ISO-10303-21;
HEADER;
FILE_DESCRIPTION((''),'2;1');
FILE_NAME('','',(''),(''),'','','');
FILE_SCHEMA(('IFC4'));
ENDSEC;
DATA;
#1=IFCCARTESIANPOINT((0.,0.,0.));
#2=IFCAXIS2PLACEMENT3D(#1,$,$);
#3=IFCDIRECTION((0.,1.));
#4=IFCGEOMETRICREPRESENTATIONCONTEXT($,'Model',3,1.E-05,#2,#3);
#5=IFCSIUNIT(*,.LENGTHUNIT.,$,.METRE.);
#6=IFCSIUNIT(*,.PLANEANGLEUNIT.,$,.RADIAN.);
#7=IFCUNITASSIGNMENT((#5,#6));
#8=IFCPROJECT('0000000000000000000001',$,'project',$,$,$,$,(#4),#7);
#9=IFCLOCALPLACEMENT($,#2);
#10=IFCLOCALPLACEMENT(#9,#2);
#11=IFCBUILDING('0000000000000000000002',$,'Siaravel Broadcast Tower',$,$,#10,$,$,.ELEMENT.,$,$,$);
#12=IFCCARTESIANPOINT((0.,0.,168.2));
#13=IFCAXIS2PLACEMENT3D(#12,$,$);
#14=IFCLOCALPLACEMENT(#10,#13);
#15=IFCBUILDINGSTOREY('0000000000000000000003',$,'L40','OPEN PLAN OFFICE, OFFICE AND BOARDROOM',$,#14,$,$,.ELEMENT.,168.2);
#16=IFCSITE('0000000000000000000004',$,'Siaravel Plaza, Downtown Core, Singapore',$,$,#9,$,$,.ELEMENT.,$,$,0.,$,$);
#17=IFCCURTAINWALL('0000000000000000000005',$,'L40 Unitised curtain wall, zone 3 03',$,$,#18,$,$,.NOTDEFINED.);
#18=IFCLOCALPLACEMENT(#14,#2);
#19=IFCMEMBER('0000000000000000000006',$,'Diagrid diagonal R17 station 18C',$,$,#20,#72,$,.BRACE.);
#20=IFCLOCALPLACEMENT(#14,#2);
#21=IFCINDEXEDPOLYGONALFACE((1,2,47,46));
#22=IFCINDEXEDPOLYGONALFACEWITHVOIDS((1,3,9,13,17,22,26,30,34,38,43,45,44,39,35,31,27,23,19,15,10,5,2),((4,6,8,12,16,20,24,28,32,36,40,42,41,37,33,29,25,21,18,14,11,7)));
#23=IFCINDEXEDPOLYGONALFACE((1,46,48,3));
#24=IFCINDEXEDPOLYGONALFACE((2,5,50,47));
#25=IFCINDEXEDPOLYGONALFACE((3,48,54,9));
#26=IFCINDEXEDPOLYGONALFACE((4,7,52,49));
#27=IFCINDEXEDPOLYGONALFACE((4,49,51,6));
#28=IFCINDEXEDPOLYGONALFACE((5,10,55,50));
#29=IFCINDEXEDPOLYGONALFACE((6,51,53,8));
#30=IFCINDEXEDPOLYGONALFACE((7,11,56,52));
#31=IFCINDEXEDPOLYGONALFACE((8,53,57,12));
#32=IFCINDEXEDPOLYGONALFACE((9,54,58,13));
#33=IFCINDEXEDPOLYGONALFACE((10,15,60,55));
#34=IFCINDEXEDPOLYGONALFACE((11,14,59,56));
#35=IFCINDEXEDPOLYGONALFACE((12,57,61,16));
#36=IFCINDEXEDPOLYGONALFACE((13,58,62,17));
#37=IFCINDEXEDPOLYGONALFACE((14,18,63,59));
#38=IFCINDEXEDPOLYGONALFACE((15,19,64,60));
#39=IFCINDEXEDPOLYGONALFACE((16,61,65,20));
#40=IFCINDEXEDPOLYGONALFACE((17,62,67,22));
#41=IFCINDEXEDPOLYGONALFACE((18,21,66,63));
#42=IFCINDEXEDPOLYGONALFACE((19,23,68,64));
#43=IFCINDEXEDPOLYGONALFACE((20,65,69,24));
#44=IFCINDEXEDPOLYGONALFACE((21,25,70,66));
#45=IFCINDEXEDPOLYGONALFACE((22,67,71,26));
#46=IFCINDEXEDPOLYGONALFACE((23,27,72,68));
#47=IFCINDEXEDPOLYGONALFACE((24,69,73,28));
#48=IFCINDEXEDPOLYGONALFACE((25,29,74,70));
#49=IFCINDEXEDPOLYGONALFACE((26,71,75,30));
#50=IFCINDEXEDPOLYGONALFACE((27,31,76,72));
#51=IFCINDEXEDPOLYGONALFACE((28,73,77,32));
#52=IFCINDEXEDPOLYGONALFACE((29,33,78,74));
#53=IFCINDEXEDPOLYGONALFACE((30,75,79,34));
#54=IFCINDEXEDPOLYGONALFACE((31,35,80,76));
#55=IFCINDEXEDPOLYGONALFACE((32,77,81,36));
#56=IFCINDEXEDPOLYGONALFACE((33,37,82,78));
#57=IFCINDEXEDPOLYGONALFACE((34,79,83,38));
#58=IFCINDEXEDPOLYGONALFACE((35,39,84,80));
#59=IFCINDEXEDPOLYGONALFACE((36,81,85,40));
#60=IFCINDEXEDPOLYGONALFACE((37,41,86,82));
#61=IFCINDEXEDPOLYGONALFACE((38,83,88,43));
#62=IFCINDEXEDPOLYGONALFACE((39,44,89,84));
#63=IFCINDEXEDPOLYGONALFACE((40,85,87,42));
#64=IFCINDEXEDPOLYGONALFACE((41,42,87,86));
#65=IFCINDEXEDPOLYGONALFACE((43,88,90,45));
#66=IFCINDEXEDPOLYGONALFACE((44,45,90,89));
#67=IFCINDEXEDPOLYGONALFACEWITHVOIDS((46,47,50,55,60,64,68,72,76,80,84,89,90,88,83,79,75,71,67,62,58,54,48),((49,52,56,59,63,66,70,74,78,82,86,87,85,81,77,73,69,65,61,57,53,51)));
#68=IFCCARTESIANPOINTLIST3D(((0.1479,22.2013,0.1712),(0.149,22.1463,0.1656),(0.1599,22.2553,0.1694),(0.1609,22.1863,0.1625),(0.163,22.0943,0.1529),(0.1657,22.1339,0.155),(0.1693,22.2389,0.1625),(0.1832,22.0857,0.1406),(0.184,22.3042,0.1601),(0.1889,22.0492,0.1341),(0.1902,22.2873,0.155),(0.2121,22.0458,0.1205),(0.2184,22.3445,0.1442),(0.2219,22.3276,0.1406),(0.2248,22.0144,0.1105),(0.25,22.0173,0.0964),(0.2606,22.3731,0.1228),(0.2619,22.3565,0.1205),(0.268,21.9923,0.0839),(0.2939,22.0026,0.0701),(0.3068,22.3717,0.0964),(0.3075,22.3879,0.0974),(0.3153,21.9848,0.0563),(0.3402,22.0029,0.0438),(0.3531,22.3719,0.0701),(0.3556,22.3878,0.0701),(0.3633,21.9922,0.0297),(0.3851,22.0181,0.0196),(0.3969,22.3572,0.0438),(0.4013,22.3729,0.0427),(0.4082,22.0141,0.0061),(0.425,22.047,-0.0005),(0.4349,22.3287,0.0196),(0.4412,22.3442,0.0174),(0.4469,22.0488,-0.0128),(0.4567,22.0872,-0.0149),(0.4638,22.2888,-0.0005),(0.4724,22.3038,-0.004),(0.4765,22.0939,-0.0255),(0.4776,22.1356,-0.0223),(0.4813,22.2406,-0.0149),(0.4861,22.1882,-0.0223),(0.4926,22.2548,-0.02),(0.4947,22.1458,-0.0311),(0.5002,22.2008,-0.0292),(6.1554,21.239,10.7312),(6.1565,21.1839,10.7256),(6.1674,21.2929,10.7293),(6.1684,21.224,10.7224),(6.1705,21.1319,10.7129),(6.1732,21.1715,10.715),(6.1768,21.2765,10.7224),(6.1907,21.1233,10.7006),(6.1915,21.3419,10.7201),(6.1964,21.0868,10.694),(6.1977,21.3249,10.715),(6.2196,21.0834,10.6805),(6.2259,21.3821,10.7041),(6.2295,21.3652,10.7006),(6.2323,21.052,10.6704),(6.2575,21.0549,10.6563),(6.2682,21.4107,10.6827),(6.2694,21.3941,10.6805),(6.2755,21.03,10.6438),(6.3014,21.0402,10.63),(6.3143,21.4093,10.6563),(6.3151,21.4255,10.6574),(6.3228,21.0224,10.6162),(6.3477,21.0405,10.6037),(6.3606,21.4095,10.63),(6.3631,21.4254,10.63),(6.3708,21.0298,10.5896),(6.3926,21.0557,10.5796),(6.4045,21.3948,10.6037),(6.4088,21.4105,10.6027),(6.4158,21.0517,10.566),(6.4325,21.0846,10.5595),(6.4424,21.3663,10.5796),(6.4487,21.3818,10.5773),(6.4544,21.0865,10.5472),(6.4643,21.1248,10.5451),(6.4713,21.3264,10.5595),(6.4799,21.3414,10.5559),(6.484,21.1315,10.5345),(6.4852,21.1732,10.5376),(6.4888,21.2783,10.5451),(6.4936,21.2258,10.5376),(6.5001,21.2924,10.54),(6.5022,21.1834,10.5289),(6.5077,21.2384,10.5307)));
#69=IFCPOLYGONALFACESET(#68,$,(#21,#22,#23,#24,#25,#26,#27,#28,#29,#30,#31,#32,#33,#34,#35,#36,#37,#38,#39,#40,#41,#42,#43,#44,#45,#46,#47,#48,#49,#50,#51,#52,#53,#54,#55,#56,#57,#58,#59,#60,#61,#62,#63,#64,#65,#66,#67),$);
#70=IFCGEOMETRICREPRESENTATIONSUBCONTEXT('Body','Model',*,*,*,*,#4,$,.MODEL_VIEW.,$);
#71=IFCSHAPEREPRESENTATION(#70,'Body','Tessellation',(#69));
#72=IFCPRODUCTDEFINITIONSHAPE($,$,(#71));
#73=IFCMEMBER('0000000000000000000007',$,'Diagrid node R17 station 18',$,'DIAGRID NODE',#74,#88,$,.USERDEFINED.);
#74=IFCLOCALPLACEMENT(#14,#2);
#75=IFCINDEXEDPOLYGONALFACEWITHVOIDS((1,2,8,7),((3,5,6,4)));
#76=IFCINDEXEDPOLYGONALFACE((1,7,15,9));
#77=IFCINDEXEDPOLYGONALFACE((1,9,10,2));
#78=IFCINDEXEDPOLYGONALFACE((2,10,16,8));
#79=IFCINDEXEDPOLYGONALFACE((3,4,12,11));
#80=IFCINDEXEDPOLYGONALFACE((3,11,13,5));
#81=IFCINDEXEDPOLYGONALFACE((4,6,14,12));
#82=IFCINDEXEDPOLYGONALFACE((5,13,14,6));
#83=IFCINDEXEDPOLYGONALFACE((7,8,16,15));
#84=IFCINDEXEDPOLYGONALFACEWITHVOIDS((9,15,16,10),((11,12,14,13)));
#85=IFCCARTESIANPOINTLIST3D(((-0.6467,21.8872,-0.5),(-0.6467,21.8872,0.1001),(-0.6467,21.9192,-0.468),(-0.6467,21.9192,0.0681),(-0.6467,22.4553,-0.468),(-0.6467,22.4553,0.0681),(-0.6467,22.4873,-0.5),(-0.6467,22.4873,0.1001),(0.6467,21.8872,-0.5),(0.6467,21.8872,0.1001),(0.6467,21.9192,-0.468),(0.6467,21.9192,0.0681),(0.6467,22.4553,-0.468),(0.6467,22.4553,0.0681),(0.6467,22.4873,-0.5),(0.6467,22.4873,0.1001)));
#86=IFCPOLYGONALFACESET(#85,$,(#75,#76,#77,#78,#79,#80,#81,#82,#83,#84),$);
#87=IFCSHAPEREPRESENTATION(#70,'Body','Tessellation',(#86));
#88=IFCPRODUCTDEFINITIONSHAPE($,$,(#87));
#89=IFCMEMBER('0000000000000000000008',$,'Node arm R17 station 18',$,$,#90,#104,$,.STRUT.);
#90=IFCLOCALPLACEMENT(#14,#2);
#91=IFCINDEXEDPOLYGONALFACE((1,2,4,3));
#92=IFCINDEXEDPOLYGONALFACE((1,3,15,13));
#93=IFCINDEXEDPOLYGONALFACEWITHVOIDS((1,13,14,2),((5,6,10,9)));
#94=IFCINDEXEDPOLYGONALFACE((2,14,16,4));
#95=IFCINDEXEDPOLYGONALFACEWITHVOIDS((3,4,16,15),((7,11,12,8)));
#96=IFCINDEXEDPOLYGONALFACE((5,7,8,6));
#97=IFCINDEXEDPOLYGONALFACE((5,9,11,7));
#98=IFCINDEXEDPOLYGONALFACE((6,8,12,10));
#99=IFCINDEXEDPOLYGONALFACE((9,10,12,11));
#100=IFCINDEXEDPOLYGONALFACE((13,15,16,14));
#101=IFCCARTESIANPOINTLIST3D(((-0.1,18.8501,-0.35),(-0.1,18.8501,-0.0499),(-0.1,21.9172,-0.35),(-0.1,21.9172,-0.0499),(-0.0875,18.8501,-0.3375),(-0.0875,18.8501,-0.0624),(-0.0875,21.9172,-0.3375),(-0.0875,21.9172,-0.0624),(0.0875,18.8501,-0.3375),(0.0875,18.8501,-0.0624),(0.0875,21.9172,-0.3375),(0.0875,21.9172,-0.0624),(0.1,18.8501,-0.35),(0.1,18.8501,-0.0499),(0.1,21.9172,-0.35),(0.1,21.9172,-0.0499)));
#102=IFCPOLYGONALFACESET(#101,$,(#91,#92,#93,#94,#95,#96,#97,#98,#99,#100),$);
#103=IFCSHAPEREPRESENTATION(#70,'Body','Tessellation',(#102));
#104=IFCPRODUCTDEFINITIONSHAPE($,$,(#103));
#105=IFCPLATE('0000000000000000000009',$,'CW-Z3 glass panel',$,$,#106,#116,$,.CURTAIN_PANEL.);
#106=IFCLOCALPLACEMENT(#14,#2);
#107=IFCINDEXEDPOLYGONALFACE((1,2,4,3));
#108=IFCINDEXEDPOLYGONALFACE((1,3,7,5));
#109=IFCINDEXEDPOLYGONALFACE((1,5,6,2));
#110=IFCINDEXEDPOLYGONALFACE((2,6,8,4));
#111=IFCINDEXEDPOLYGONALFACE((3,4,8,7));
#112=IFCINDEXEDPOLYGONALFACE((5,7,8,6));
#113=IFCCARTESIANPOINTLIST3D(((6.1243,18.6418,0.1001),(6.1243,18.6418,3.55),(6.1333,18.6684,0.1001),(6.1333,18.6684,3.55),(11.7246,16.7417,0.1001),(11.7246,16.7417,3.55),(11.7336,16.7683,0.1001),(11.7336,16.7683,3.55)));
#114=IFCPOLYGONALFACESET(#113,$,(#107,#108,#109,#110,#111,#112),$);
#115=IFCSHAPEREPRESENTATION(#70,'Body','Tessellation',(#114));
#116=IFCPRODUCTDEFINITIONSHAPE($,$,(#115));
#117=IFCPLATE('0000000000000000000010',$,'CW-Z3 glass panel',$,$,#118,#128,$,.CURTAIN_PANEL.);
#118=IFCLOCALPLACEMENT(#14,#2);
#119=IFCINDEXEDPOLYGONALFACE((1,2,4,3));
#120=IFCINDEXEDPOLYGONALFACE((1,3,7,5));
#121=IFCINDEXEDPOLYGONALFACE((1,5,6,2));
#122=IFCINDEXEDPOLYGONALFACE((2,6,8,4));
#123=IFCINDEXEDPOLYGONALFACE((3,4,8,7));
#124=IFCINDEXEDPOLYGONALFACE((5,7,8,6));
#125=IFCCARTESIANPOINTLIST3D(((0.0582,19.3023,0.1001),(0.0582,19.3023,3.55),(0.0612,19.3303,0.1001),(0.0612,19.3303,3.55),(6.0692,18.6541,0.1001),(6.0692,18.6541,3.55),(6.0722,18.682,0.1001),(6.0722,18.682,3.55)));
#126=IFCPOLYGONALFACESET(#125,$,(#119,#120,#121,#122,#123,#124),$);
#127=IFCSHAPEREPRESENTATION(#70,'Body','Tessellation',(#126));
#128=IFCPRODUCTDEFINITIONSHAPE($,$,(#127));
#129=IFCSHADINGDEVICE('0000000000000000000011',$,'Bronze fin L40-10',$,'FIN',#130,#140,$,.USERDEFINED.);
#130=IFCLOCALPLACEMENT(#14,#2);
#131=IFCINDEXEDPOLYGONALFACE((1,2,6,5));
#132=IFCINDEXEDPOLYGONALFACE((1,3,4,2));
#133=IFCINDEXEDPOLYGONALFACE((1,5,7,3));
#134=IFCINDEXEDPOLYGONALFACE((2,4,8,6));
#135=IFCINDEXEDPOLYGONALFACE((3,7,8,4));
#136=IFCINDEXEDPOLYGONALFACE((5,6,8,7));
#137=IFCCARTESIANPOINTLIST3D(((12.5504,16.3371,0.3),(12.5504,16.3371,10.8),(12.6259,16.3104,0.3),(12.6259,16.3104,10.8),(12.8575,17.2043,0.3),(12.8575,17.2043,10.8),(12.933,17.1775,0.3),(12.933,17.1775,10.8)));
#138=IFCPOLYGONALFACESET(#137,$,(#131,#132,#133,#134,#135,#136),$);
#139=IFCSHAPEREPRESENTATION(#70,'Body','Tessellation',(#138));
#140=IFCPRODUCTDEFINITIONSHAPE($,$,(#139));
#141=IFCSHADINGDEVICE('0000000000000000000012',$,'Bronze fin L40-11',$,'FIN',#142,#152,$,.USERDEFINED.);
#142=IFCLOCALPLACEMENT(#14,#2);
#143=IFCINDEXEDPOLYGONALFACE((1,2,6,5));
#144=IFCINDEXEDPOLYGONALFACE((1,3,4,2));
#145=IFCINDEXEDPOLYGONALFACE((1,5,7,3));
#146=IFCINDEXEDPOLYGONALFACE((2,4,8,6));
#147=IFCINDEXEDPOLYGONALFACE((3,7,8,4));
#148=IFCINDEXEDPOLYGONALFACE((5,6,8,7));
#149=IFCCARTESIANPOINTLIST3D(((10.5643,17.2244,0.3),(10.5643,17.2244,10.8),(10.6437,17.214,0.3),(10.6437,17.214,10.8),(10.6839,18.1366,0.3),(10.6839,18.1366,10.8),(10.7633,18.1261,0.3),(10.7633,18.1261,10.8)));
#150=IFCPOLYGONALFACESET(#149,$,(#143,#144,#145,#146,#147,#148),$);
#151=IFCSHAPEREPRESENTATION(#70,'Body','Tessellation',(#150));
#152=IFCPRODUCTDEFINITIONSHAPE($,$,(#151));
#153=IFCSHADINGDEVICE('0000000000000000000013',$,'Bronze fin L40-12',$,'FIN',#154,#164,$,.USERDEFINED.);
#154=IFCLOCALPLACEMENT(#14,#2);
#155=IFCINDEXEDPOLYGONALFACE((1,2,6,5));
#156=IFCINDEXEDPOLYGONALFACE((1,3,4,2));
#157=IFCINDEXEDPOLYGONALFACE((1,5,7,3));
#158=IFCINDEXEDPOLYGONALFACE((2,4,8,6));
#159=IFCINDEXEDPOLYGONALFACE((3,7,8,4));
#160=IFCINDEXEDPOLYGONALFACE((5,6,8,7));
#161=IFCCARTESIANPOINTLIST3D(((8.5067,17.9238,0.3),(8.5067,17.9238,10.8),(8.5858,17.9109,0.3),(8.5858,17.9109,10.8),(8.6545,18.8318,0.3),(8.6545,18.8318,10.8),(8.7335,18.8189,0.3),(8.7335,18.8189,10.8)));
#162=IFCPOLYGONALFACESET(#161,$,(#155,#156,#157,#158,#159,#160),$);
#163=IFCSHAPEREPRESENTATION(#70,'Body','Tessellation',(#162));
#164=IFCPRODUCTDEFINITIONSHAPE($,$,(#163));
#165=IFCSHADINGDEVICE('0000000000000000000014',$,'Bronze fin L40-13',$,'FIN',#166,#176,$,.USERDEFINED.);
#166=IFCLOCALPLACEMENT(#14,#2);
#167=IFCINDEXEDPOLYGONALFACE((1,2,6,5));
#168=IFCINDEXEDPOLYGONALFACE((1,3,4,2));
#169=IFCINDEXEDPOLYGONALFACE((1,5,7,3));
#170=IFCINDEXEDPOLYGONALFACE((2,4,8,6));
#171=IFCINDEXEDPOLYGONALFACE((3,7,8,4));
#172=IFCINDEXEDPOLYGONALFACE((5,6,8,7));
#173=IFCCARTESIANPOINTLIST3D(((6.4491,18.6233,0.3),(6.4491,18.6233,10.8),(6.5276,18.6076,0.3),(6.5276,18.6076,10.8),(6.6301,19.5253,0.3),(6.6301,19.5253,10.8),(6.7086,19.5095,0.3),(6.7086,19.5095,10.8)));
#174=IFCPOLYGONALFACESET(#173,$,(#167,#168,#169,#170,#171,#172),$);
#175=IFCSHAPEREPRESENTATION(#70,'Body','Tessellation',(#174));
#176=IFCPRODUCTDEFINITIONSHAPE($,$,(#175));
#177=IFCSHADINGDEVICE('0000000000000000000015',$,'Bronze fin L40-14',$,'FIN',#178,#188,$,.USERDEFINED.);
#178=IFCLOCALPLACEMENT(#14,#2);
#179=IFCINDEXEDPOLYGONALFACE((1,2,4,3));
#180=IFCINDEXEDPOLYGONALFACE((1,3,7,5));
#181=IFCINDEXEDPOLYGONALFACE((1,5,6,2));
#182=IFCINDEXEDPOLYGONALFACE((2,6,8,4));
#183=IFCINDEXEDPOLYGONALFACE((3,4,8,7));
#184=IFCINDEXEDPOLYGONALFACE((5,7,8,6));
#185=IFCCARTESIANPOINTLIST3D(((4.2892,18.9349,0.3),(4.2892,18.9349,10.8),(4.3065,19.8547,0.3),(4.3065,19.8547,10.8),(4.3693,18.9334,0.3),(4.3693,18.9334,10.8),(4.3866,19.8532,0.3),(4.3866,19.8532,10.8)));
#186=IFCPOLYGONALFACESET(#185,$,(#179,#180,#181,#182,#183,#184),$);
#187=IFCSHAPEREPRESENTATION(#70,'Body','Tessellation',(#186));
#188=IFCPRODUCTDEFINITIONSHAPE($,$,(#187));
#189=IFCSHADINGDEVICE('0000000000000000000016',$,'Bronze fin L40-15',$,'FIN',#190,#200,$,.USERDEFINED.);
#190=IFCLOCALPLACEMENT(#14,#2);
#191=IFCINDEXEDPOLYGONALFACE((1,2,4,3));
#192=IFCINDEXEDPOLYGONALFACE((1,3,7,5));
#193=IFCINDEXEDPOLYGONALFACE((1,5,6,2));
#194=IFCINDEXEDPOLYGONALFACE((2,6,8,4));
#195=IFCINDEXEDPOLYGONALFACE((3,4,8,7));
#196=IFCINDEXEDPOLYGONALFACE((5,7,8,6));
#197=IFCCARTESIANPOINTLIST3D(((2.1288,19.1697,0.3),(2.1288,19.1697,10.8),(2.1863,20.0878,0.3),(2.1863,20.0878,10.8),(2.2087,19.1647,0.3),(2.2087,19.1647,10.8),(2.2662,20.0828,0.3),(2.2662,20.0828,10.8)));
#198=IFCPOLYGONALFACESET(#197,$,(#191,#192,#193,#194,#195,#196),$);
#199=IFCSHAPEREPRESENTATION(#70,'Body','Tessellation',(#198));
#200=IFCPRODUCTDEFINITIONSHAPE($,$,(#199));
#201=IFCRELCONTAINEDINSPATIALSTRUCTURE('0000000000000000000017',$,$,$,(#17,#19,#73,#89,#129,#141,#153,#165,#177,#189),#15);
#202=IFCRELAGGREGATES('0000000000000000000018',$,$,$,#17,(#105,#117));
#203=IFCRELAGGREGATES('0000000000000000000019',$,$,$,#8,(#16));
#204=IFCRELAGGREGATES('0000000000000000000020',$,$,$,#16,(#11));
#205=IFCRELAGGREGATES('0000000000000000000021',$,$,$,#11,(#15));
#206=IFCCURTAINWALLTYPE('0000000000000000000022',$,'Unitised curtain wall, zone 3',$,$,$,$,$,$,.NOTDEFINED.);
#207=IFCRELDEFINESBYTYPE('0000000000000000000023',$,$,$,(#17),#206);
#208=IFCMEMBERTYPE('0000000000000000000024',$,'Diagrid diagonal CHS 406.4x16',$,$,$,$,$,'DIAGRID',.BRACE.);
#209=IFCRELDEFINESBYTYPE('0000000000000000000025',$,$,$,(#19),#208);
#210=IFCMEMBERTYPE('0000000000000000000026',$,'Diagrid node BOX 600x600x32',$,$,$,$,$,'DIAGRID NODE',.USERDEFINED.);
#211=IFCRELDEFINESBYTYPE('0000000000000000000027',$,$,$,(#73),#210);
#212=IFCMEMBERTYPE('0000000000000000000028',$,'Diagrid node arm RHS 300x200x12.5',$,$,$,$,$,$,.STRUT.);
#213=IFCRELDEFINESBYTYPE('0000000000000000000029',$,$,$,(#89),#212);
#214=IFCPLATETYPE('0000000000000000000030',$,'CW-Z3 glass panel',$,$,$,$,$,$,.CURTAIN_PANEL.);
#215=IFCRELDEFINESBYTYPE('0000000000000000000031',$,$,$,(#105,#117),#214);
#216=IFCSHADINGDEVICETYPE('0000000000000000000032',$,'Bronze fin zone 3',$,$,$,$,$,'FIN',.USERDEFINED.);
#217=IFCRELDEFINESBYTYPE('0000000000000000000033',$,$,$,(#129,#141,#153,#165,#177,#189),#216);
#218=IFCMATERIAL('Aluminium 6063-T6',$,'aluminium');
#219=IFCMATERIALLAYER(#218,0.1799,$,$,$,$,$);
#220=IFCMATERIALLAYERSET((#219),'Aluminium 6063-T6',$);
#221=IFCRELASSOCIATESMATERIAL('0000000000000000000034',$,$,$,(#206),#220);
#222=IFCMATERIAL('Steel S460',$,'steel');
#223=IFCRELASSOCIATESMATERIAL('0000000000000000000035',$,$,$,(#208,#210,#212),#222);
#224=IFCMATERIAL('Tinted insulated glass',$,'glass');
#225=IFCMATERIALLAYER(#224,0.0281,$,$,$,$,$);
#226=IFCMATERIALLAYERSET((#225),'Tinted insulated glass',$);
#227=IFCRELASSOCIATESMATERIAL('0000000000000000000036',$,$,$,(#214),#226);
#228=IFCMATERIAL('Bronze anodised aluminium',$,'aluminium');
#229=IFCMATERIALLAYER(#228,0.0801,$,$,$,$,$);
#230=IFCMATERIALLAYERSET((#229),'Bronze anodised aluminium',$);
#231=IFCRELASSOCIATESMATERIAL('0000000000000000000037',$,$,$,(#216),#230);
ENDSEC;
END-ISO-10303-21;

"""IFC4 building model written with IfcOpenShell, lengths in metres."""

from ifc_helpers import new_model, si_unit, direction, frame, origin, origin_2d, place, context, subcontext, project, spatial, rectangle, hollow_rectangle, hollow_circle, extrude, material, layer, layer_set, material_profile, profile_set, type_object, element, aggregate, save


model = new_model("IFC4")

# Units and contexts
model_context = context("Model", 3, precision=1e-05, world=origin(), true_north=direction((0.0, 1.0)))
body_context = subcontext(model_context, "Body", "Model", "MODEL_VIEW")
ifc_project = project(units=[si_unit("LENGTHUNIT", "METRE"), si_unit("PLANEANGLEUNIT", "RADIAN")], contexts=[model_context])

# Site, building, storey
site_placement = place(None, origin())
site = spatial("IfcSite", under=ifc_project, at=site_placement, Name="Siaravel Plaza, Downtown Core, Singapore", CompositionType="ELEMENT", RefElevation=0.0)
building_placement = place(site_placement, origin())
building = spatial("IfcBuilding", under=site, at=building_placement, Name="Siaravel Broadcast Tower", CompositionType="ELEMENT")
storey_placement = place(building_placement, frame((0.0, 0.0, 168.2)))
storey = spatial("IfcBuildingStorey", under=building, at=storey_placement, Name="L40", Description="OPEN PLAN OFFICE, OFFICE AND BOARDROOM", CompositionType="ELEMENT", Elevation=168.2)

# Curtain wall
ifc_material_1 = material(Name="Aluminium 6063-T6", Category="aluminium")
ifc_layer_1 = layer(ifc_material_1, 0.1799)
ifc_layer_set_1 = layer_set([ifc_layer_1], Name="Aluminium 6063-T6")
curtain_wall_type = type_object("IfcCurtainWallType", Name="Unitised curtain wall, zone 3", PredefinedType="NOTDEFINED", material=ifc_layer_set_1)
curtain_wall_placement = place(storey_placement, origin())
curtain_wall = element("IfcCurtainWall", 1, at=curtain_wall_placement, inside=storey, type_object=curtain_wall_type, Name="L40 Unitised curtain wall, zone 3 03", PredefinedType="NOTDEFINED")

# Members
ifc_material_2 = material(Name="Steel S460", Category="steel")
ifc_material_profile_1 = material_profile(ifc_material_2, hollow_circle(Radius=0.2031, WallThickness=0.0161, at=origin_2d()))
ifc_profile_set_1 = profile_set([ifc_material_profile_1], Name="Steel S460")
member_type_1 = type_object("IfcMemberType", Name="Diagrid diagonal CHS 406.4x16", ElementType="DIAGRID", PredefinedType="BRACE", material=ifc_profile_set_1)
member_1_placement = place(storey_placement, frame((0.3235, 22.1873, 0.0701), z_axis=(0.492934, -0.078967, 0.866476), x_axis=(0.158181, 0.98741, 0.0)))
element("IfcMember", 2, at=member_1_placement, inside=storey, type_object=member_type_1, Name="Diagrid diagonal R17 station 18C", PredefinedType="BRACE", context=body_context, shape_type="SweptSolid", body=[
    extrude(hollow_circle(Radius=0.2031, WallThickness=0.0161, at=origin_2d()), origin(), (0.0, 0.0, 1.0), 12.1873),
])
ifc_material_profile_2 = material_profile(ifc_material_2, hollow_rectangle(XDim=0.6001, YDim=0.6001, WallThickness=0.032, at=origin_2d()))
ifc_profile_set_2 = profile_set([ifc_material_profile_2], Name="Steel S460")
member_type_2 = type_object("IfcMemberType", Name="Diagrid node BOX 600x600x32", ElementType="DIAGRID NODE", PredefinedType="USERDEFINED", material=ifc_profile_set_2)
member_2_placement = place(storey_placement, frame((0.6467, 22.1873, -0.2), z_axis=(-1.0, 0.0, 0.0), x_axis=(0.0, -1.0, 0.0)))
element("IfcMember", 3, at=member_2_placement, inside=storey, type_object=member_type_2, Name="Diagrid node R17 station 18", ObjectType="DIAGRID NODE", PredefinedType="USERDEFINED", context=body_context, shape_type="SweptSolid", body=[
    extrude(hollow_rectangle(XDim=0.6001, YDim=0.6001, WallThickness=0.032, at=origin_2d()), origin(), (0.0, 0.0, 1.0), 1.2935),
])
ifc_material_profile_3 = material_profile(ifc_material_2, hollow_rectangle(XDim=0.2, YDim=0.3, WallThickness=0.0125, at=origin_2d()))
ifc_profile_set_3 = profile_set([ifc_material_profile_3], Name="Steel S460")
member_type_3 = type_object("IfcMemberType", Name="Diagrid node arm RHS 300x200x12.5", PredefinedType="STRUT", material=ifc_profile_set_3)
member_3_placement = place(storey_placement, frame((0.0, 18.8501, -0.2), z_axis=(0.0, 1.0, 0.0), x_axis=(-1.0, 0.0, 0.0)))
element("IfcMember", 4, at=member_3_placement, inside=storey, type_object=member_type_3, Name="Node arm R17 station 18", PredefinedType="STRUT", context=body_context, shape_type="SweptSolid", body=[
    extrude(hollow_rectangle(XDim=0.2, YDim=0.3, WallThickness=0.0125, at=origin_2d()), origin(), (0.0, 0.0, 1.0), 3.0671),
])

# Plates
ifc_material_3 = material(Name="Tinted insulated glass", Category="glass")
ifc_layer_2 = layer(ifc_material_3, 0.0281)
ifc_layer_set_2 = layer_set([ifc_layer_2], Name="Tinted insulated glass")
plate_type = type_object("IfcPlateType", Name="CW-Z3 glass panel", PredefinedType="CURTAIN_PANEL", material=ifc_layer_set_2)
plate_1_placement = place(storey_placement, frame((8.929, 17.7051, 0.1001), z_axis=(0.0, 0.0, 1.0), x_axis=(-0.946977, 0.3213, 0.0)))
plate_1 = element("IfcPlate", 5, at=plate_1_placement, type_object=plate_type, Name="CW-Z3 glass panel", PredefinedType="CURTAIN_PANEL", context=body_context, shape_type="SweptSolid", body=[
    extrude(rectangle(XDim=5.9138, YDim=0.0281, at=origin_2d()), origin(), (0.0, 0.0, 1.0), 3.45),
])
plate_2_placement = place(storey_placement, frame((3.0652, 18.9922, 0.1001), z_axis=(0.0, 0.0, 1.0), x_axis=(-0.994236, 0.107217, 0.0)))
plate_2 = element("IfcPlate", 6, at=plate_2_placement, type_object=plate_type, Name="CW-Z3 glass panel", PredefinedType="CURTAIN_PANEL", context=body_context, shape_type="SweptSolid", body=[
    extrude(rectangle(XDim=6.0459, YDim=0.0281, at=origin_2d()), origin(), (0.0, 0.0, 1.0), 3.45),
])
aggregate(curtain_wall, [plate_1, plate_2])

# Shading devices
ifc_material_4 = material(Name="Bronze anodised aluminium", Category="aluminium")
ifc_layer_3 = layer(ifc_material_4, 0.0801)
ifc_layer_set_3 = layer_set([ifc_layer_3], Name="Bronze anodised aluminium")
shading_device_type = type_object("IfcShadingDeviceType", Name="Bronze fin zone 3", ElementType="FIN", PredefinedType="USERDEFINED", material=ifc_layer_set_3)
for number, where, z_axis, x_axis, name in (
    (7, (12.7417, 16.7573, 0.3), (0.0, 0.0, 1.0), (0.333879, 0.942616, 0.0), "Bronze fin L40-10"),
    (8, (10.6638, 17.6753, 0.3), (0.0, 0.0, 1.0), (0.13, 0.991514, 0.0), "Bronze fin L40-11"),
    (9, (8.6201, 18.3713, 0.3), (0.0, 0.0, 1.0), (0.160613, 0.987017, 0.0), "Bronze fin L40-12"),
    (10, (6.5789, 19.0664, 0.3), (0.0, 0.0, 1.0), (0.196793, 0.980445, 0.0), "Bronze fin L40-13"),
    (11, (4.3379, 19.394, 0.3), (0.0, 0.0, 1.0), (0.018819, 0.999823, 0.0), "Bronze fin L40-14"),
    (12, (2.1975, 19.6262, 0.3), (0.0, 0.0, 1.0), (0.062467, 0.998047, 0.0), "Bronze fin L40-15"),
):
    element("IfcShadingDevice", number, at=place(storey_placement, frame(where, z_axis=z_axis, x_axis=x_axis)), inside=storey, type_object=shading_device_type, Name=name, ObjectType="FIN", PredefinedType="USERDEFINED", context=body_context, shape_type="SweptSolid", body=[
        extrude(rectangle(XDim=0.9199, YDim=0.0801, at=origin_2d()), origin(), (0.0, 0.0, 1.0), 10.5),
    ])

save(model, "model.ifc")
